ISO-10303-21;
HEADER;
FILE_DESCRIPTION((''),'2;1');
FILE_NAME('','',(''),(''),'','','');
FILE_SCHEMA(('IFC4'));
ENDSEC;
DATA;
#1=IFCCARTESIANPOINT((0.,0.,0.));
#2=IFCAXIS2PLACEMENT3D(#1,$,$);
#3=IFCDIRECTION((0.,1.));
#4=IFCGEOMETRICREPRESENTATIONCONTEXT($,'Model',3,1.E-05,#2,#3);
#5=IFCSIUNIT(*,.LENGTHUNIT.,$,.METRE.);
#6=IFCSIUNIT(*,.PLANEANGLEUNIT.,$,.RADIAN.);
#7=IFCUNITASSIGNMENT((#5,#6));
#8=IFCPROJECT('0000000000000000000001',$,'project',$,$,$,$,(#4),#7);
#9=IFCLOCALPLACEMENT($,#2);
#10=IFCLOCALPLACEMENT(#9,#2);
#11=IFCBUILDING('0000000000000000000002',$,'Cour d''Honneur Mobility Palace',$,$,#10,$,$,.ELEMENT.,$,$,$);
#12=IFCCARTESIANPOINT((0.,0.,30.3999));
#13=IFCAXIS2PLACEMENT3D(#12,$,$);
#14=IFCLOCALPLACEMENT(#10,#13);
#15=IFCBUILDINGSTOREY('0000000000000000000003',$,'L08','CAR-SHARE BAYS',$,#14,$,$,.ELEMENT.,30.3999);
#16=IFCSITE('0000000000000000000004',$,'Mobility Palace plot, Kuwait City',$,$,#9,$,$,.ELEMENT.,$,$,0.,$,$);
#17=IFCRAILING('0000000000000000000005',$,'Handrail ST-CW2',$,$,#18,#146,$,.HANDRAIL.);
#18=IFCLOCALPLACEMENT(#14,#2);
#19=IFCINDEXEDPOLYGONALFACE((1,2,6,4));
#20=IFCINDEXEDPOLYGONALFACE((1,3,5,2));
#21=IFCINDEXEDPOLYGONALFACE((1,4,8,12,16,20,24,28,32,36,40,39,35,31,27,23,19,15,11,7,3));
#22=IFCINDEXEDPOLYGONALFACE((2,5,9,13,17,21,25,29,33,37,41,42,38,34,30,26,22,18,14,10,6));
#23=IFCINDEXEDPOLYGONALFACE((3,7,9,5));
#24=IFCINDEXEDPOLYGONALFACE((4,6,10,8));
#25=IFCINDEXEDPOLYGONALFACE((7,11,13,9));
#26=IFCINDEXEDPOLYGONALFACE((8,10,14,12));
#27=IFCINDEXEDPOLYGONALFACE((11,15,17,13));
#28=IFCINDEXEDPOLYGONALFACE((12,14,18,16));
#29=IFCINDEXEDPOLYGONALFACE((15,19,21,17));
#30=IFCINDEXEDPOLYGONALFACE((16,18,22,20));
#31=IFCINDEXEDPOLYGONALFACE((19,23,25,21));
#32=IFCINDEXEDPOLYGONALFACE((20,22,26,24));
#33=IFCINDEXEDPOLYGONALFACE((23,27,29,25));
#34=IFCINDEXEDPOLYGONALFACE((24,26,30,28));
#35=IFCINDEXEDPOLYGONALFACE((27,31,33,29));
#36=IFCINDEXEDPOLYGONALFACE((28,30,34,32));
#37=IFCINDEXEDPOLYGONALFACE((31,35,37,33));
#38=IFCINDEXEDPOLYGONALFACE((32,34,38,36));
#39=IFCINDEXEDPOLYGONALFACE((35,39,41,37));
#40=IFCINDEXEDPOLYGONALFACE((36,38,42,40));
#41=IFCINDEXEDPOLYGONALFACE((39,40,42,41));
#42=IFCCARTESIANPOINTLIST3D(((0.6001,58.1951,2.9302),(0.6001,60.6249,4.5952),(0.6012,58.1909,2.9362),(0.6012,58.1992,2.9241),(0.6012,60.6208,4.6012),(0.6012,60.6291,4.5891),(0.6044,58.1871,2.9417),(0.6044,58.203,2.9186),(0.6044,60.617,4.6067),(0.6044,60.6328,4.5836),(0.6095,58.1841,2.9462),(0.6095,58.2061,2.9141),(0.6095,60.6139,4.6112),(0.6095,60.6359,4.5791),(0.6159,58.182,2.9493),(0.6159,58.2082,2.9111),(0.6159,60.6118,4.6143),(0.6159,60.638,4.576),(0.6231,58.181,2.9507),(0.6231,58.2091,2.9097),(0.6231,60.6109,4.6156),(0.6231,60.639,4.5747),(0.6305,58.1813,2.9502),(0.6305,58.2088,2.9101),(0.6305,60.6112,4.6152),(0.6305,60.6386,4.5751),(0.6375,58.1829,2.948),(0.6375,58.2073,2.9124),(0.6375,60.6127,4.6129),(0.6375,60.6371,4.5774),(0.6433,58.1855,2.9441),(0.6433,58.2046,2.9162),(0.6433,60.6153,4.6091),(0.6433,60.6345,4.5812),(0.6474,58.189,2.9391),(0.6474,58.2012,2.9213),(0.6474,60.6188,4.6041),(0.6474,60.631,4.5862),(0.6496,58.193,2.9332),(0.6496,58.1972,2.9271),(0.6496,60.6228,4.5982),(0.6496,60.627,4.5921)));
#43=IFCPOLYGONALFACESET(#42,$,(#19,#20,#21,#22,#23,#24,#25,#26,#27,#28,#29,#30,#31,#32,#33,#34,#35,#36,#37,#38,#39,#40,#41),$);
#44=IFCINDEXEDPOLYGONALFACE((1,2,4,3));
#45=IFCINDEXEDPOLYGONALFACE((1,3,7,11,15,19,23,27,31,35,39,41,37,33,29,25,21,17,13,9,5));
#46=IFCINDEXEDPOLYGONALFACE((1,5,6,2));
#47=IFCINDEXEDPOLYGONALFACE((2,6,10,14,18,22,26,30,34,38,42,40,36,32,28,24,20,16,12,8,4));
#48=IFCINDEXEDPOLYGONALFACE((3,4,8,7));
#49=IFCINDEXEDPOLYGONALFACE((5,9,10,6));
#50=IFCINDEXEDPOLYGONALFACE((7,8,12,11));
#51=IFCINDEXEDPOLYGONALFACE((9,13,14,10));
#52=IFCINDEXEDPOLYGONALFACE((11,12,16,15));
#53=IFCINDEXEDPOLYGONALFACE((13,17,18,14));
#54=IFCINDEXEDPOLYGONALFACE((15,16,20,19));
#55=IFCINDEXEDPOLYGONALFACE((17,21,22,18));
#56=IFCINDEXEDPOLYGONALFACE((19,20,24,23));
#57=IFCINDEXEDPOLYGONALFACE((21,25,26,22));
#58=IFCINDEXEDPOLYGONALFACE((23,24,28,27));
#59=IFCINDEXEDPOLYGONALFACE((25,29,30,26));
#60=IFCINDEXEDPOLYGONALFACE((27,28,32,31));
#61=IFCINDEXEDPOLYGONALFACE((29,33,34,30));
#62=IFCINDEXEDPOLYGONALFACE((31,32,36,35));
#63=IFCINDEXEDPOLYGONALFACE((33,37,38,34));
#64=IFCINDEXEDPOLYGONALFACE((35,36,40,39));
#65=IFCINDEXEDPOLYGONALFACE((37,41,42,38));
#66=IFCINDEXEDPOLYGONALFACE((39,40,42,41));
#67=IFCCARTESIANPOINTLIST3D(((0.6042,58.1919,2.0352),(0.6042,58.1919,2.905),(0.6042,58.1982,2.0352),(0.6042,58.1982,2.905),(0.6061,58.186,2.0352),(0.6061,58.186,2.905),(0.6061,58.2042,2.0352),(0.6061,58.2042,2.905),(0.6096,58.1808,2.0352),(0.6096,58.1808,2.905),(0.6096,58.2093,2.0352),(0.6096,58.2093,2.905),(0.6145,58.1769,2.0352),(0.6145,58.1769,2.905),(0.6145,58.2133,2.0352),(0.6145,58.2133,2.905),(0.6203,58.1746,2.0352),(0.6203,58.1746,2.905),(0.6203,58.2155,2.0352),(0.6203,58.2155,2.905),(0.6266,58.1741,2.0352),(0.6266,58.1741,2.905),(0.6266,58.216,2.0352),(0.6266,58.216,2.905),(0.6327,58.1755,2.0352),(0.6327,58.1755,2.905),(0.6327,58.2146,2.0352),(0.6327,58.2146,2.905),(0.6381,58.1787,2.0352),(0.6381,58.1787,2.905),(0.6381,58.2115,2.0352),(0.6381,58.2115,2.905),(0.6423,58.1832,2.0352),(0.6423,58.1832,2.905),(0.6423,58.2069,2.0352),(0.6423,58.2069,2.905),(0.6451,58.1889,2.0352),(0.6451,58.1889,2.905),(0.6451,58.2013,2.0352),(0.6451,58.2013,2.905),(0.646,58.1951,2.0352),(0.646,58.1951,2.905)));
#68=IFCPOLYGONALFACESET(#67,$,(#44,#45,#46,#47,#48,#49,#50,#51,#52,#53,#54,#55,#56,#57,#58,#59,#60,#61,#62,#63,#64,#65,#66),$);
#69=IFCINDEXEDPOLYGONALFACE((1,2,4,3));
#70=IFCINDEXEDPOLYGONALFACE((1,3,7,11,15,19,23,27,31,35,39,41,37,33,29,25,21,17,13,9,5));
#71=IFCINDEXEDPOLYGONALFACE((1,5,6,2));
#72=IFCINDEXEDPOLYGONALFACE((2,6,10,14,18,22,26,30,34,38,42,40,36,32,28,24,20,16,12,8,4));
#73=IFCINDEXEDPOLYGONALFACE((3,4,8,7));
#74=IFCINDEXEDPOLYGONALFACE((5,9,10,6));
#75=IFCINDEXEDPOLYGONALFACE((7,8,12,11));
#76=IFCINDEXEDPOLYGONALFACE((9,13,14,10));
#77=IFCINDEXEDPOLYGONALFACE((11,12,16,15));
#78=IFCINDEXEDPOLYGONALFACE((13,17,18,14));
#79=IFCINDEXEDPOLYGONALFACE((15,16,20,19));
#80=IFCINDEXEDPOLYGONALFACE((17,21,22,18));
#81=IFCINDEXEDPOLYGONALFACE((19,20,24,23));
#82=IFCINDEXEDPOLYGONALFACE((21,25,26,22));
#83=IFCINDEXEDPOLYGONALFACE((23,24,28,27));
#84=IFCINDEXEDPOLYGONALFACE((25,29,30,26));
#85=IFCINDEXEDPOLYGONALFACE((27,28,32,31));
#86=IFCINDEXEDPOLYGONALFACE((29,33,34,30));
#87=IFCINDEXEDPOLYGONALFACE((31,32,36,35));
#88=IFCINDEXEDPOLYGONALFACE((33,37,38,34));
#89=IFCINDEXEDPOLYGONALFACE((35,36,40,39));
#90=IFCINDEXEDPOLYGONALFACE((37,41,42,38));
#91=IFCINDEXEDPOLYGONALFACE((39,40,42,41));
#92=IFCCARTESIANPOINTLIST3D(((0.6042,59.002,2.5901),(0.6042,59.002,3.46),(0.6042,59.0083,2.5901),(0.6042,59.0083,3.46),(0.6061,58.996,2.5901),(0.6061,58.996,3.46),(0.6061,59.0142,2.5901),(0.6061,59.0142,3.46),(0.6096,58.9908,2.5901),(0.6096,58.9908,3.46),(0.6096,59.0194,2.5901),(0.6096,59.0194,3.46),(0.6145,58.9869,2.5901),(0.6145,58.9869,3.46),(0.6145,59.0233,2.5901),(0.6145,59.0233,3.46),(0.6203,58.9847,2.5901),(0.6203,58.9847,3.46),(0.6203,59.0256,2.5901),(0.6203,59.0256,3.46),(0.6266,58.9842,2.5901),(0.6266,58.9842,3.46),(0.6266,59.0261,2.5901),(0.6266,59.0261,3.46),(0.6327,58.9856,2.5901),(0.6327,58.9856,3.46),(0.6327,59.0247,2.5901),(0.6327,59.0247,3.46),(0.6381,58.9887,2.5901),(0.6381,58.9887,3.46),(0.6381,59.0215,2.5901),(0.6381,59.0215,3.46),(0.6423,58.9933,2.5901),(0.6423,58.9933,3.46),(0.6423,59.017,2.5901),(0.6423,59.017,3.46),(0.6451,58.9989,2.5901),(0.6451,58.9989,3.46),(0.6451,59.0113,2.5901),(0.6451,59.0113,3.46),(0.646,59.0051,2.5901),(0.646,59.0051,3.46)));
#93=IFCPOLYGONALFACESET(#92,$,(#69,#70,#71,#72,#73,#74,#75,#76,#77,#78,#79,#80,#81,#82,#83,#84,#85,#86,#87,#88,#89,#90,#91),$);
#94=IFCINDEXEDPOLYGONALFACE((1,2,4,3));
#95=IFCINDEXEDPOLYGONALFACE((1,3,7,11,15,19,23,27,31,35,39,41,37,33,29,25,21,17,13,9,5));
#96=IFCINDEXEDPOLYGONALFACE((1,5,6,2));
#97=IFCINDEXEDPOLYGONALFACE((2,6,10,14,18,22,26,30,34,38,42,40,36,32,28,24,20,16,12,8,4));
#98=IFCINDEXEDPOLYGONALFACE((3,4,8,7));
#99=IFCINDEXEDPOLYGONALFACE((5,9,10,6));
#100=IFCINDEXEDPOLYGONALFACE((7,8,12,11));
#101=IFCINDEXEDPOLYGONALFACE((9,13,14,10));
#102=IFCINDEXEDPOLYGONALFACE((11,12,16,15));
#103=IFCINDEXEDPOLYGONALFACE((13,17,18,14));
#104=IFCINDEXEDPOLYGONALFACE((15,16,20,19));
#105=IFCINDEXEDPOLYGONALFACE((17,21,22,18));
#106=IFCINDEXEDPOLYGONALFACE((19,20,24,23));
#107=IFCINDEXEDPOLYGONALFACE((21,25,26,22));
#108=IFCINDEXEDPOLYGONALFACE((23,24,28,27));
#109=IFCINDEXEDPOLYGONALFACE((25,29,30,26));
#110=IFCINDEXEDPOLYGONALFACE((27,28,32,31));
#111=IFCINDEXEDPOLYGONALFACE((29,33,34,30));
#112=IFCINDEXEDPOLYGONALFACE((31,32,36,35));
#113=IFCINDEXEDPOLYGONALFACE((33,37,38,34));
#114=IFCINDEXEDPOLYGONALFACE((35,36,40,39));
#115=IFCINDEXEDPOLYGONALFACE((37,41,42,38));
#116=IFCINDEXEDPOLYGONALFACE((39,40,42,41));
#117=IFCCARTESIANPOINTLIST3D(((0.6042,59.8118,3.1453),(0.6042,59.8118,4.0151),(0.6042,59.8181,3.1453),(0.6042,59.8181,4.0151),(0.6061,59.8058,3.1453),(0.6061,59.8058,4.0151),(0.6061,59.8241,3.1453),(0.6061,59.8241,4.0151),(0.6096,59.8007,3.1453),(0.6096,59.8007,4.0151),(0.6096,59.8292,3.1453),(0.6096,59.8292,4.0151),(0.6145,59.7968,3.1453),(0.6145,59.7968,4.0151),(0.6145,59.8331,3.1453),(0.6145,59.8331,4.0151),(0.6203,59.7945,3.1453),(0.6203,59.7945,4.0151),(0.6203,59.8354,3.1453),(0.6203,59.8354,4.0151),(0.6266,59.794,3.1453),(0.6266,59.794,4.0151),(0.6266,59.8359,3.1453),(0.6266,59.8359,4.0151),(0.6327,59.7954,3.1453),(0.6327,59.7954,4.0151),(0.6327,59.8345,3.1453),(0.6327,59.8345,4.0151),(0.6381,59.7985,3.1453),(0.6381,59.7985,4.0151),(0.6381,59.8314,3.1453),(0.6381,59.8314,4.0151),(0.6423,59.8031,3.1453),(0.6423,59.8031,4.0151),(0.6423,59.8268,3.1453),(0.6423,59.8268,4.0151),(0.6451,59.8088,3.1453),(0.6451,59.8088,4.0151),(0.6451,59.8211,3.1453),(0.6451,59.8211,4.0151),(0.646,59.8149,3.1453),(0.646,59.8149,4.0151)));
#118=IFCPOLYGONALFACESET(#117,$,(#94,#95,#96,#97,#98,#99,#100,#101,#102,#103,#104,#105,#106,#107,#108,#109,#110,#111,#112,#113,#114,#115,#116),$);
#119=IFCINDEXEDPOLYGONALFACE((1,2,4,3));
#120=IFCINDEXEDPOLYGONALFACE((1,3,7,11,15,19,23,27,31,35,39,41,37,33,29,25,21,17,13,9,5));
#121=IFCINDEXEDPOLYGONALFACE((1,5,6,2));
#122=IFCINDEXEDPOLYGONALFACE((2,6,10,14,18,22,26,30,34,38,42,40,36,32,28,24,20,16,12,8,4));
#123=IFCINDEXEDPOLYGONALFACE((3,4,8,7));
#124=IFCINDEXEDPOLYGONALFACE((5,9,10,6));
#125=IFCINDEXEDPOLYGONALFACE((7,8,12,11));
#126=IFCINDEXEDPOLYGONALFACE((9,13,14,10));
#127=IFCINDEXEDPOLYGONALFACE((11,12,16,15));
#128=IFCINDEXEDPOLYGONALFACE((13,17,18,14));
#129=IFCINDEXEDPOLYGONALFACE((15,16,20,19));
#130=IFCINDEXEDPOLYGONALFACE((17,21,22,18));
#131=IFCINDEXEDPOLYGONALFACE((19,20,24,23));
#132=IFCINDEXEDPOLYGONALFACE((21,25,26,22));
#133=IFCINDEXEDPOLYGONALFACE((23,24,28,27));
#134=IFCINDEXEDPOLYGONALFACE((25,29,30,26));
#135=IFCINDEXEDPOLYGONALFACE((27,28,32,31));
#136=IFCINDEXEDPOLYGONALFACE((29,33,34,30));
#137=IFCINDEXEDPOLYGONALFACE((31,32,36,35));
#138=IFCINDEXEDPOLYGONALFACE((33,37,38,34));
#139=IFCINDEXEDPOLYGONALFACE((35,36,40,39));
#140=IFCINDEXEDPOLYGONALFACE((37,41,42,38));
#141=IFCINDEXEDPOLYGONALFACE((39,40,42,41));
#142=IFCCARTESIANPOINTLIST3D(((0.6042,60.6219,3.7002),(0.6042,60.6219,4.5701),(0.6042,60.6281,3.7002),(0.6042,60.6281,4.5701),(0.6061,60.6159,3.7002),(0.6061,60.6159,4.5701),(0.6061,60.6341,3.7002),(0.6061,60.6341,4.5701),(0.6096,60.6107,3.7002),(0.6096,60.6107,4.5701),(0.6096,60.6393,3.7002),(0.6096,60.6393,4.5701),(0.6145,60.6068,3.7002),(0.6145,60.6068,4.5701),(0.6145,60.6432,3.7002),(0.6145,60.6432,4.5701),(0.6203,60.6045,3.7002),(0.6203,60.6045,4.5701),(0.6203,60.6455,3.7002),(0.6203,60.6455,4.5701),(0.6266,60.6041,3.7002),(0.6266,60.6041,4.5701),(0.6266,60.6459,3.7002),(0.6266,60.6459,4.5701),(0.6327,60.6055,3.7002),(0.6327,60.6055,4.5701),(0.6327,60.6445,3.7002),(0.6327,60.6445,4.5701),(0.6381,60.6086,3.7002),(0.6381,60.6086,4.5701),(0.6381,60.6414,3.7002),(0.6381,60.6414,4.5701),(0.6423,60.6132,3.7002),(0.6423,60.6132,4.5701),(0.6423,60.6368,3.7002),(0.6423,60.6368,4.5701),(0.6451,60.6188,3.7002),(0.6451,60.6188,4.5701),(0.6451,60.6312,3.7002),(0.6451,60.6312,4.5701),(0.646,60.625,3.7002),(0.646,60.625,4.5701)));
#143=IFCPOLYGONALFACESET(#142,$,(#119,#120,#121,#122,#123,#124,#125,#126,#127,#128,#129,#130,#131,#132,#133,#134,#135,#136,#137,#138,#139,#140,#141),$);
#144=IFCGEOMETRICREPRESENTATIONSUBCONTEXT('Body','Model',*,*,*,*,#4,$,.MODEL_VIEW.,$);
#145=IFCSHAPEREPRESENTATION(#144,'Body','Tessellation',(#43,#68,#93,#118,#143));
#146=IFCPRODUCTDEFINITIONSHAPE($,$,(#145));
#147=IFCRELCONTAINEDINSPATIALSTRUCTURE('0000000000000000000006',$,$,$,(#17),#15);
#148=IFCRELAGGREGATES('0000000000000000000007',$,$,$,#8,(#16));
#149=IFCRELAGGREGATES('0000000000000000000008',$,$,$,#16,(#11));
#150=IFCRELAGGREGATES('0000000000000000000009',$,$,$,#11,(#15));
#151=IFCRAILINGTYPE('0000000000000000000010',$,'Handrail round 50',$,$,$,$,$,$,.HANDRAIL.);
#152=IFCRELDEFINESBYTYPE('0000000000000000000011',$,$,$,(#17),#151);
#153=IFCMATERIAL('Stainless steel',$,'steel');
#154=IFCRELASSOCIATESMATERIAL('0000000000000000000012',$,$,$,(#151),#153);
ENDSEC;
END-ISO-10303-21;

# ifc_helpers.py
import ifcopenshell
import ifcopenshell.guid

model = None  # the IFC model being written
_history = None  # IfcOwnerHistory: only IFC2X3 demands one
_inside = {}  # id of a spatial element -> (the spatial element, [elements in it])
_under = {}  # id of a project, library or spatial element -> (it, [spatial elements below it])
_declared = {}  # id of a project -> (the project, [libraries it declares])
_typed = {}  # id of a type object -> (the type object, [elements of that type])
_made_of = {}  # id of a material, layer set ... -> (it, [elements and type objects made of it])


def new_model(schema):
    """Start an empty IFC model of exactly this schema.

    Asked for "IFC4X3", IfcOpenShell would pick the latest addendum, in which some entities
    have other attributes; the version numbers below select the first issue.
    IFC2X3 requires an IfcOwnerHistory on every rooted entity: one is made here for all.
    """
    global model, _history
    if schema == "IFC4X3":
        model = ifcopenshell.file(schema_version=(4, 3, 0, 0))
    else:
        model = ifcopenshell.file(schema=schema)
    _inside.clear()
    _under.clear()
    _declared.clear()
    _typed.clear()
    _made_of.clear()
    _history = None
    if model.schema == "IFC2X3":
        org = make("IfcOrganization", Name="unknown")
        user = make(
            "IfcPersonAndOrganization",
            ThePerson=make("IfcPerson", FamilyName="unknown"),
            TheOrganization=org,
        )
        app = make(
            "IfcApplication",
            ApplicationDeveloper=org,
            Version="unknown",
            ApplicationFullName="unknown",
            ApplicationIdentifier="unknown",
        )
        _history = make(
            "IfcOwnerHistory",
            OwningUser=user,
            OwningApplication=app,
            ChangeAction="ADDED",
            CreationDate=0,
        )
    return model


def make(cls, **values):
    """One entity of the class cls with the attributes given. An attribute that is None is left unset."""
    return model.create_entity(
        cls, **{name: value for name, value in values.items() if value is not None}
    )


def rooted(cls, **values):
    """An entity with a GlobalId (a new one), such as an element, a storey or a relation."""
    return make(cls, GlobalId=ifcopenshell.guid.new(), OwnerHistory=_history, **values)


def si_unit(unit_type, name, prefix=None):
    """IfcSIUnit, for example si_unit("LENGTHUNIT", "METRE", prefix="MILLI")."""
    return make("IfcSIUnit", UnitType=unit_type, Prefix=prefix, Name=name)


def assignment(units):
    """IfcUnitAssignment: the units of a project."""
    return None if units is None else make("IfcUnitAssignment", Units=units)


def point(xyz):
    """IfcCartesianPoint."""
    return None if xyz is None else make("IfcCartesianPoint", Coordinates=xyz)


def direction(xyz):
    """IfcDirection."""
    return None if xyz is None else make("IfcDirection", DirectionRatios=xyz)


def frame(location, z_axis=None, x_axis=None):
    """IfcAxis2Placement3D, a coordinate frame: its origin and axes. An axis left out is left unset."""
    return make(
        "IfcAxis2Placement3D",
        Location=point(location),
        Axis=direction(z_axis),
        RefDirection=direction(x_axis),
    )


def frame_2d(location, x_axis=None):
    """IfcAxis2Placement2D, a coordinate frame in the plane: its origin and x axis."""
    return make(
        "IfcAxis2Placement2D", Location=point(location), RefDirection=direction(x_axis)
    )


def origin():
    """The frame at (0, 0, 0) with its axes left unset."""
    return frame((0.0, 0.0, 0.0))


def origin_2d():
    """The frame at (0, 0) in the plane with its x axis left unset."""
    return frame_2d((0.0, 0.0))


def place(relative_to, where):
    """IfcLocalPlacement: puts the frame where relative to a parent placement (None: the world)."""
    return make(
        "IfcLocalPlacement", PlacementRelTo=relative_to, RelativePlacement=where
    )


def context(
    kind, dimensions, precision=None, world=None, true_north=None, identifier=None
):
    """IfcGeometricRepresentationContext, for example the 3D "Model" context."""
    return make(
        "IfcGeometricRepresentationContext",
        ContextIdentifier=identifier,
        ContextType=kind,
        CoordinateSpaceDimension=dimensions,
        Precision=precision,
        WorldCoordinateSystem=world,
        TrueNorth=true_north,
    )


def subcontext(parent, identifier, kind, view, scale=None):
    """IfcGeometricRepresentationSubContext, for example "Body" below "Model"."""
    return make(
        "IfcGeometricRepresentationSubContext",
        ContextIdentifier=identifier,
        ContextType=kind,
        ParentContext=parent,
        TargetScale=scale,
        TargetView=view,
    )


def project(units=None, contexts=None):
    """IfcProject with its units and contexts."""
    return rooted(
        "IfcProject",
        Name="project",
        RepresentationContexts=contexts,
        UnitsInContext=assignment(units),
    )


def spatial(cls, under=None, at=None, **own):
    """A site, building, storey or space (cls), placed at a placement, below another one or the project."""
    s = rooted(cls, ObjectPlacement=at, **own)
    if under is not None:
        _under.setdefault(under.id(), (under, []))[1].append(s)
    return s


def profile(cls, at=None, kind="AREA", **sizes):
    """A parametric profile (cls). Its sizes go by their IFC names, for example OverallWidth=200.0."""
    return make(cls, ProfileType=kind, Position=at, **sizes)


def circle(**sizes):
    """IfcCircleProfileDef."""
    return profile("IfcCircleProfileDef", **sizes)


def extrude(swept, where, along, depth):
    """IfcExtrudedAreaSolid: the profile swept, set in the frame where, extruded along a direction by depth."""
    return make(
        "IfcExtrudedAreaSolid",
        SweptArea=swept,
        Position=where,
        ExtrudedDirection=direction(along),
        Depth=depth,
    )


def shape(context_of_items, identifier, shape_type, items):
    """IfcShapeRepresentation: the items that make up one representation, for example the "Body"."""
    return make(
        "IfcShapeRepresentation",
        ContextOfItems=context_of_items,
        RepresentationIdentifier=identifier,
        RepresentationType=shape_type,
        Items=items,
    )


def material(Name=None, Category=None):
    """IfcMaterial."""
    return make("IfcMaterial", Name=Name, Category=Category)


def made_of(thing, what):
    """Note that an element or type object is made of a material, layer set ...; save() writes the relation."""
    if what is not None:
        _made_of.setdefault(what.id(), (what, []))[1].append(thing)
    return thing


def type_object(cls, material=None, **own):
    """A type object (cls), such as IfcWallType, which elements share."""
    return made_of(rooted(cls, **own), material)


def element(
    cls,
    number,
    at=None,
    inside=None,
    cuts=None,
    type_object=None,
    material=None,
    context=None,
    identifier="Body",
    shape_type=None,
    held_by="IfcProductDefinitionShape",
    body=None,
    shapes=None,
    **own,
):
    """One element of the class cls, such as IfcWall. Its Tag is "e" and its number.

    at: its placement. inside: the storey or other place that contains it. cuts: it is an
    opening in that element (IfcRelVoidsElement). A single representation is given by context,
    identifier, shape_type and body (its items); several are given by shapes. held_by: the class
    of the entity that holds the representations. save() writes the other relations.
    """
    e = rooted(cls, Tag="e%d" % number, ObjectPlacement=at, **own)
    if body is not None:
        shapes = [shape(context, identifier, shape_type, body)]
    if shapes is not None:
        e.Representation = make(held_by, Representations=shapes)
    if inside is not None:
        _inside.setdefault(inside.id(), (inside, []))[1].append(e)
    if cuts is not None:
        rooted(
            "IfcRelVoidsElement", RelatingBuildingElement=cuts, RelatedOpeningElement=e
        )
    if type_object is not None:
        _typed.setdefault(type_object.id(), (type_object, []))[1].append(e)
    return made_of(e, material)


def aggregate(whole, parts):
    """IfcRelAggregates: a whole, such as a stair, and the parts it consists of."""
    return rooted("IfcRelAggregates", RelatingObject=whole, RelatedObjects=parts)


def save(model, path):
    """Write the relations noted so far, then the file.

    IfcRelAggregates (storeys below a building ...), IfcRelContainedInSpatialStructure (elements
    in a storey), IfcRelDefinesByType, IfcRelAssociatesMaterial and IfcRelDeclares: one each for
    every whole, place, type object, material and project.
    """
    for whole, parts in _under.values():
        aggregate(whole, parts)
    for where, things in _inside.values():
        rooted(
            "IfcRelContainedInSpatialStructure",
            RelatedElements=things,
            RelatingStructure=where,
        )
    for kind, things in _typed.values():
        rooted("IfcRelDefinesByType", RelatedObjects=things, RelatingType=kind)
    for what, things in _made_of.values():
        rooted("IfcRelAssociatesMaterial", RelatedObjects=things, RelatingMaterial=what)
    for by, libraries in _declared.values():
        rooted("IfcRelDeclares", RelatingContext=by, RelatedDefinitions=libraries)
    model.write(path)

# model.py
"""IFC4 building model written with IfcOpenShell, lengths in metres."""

from ifc_helpers import new_model, si_unit, direction, frame, origin, origin_2d, place, context, subcontext, project, spatial, circle, extrude, material, type_object, element, save


model = new_model("IFC4")

# Units and contexts
model_context = context("Model", 3, precision=1e-05, world=origin(), true_north=direction((0.0, 1.0)))
body_context = subcontext(model_context, "Body", "Model", "MODEL_VIEW")
ifc_project = project(units=[si_unit("LENGTHUNIT", "METRE"), si_unit("PLANEANGLEUNIT", "RADIAN")], contexts=[model_context])

# Site, building, storey
site_placement = place(None, origin())
site = spatial("IfcSite", under=ifc_project, at=site_placement, Name="Mobility Palace plot, Kuwait City", CompositionType="ELEMENT", RefElevation=0.0)
building_placement = place(site_placement, origin())
building = spatial("IfcBuilding", under=site, at=building_placement, Name="Cour d'Honneur Mobility Palace", CompositionType="ELEMENT")
storey_placement = place(building_placement, frame((0.0, 0.0, 30.3999)))
storey = spatial("IfcBuildingStorey", under=building, at=storey_placement, Name="L08", Description="CAR-SHARE BAYS", CompositionType="ELEMENT", Elevation=30.3999)

# Railing
ifc_material_1 = material(Name="Stainless steel", Category="steel")
railing_type_1 = type_object("IfcRailingType", Name="Handrail round 50", PredefinedType="HANDRAIL", material=ifc_material_1)
railing_1_placement = place(storey_placement, frame((0.625, 58.1951, 2.0352)))
element("IfcRailing", 1, at=railing_1_placement, inside=storey, type_object=railing_type_1, Name="Handrail ST-CW2", PredefinedType="HANDRAIL", context=body_context, shape_type="SweptSolid", body=[
    extrude(circle(Radius=0.0249, at=origin_2d()), frame((0.0, 0.0, 0.895), z_axis=(0.0, 0.824919, 0.565251), x_axis=(-1.0, 0.0, 0.0)), (0.0, 0.0, 1.0), 2.9456),
    extrude(circle(Radius=0.021, at=origin_2d()), origin(), (0.0, 0.0, 1.0), 0.8699),
    extrude(circle(Radius=0.021, at=origin_2d()), frame((0.0, 0.8101, 0.5549)), (0.0, 0.0, 1.0), 0.8699),
    extrude(circle(Radius=0.021, at=origin_2d()), frame((0.0, 1.6199, 1.1101)), (0.0, 0.0, 1.0), 0.8699),
    extrude(circle(Radius=0.021, at=origin_2d()), frame((0.0, 2.4299, 1.665)), (0.0, 0.0, 1.0), 0.8699),
])

save(model, "model.ifc")
